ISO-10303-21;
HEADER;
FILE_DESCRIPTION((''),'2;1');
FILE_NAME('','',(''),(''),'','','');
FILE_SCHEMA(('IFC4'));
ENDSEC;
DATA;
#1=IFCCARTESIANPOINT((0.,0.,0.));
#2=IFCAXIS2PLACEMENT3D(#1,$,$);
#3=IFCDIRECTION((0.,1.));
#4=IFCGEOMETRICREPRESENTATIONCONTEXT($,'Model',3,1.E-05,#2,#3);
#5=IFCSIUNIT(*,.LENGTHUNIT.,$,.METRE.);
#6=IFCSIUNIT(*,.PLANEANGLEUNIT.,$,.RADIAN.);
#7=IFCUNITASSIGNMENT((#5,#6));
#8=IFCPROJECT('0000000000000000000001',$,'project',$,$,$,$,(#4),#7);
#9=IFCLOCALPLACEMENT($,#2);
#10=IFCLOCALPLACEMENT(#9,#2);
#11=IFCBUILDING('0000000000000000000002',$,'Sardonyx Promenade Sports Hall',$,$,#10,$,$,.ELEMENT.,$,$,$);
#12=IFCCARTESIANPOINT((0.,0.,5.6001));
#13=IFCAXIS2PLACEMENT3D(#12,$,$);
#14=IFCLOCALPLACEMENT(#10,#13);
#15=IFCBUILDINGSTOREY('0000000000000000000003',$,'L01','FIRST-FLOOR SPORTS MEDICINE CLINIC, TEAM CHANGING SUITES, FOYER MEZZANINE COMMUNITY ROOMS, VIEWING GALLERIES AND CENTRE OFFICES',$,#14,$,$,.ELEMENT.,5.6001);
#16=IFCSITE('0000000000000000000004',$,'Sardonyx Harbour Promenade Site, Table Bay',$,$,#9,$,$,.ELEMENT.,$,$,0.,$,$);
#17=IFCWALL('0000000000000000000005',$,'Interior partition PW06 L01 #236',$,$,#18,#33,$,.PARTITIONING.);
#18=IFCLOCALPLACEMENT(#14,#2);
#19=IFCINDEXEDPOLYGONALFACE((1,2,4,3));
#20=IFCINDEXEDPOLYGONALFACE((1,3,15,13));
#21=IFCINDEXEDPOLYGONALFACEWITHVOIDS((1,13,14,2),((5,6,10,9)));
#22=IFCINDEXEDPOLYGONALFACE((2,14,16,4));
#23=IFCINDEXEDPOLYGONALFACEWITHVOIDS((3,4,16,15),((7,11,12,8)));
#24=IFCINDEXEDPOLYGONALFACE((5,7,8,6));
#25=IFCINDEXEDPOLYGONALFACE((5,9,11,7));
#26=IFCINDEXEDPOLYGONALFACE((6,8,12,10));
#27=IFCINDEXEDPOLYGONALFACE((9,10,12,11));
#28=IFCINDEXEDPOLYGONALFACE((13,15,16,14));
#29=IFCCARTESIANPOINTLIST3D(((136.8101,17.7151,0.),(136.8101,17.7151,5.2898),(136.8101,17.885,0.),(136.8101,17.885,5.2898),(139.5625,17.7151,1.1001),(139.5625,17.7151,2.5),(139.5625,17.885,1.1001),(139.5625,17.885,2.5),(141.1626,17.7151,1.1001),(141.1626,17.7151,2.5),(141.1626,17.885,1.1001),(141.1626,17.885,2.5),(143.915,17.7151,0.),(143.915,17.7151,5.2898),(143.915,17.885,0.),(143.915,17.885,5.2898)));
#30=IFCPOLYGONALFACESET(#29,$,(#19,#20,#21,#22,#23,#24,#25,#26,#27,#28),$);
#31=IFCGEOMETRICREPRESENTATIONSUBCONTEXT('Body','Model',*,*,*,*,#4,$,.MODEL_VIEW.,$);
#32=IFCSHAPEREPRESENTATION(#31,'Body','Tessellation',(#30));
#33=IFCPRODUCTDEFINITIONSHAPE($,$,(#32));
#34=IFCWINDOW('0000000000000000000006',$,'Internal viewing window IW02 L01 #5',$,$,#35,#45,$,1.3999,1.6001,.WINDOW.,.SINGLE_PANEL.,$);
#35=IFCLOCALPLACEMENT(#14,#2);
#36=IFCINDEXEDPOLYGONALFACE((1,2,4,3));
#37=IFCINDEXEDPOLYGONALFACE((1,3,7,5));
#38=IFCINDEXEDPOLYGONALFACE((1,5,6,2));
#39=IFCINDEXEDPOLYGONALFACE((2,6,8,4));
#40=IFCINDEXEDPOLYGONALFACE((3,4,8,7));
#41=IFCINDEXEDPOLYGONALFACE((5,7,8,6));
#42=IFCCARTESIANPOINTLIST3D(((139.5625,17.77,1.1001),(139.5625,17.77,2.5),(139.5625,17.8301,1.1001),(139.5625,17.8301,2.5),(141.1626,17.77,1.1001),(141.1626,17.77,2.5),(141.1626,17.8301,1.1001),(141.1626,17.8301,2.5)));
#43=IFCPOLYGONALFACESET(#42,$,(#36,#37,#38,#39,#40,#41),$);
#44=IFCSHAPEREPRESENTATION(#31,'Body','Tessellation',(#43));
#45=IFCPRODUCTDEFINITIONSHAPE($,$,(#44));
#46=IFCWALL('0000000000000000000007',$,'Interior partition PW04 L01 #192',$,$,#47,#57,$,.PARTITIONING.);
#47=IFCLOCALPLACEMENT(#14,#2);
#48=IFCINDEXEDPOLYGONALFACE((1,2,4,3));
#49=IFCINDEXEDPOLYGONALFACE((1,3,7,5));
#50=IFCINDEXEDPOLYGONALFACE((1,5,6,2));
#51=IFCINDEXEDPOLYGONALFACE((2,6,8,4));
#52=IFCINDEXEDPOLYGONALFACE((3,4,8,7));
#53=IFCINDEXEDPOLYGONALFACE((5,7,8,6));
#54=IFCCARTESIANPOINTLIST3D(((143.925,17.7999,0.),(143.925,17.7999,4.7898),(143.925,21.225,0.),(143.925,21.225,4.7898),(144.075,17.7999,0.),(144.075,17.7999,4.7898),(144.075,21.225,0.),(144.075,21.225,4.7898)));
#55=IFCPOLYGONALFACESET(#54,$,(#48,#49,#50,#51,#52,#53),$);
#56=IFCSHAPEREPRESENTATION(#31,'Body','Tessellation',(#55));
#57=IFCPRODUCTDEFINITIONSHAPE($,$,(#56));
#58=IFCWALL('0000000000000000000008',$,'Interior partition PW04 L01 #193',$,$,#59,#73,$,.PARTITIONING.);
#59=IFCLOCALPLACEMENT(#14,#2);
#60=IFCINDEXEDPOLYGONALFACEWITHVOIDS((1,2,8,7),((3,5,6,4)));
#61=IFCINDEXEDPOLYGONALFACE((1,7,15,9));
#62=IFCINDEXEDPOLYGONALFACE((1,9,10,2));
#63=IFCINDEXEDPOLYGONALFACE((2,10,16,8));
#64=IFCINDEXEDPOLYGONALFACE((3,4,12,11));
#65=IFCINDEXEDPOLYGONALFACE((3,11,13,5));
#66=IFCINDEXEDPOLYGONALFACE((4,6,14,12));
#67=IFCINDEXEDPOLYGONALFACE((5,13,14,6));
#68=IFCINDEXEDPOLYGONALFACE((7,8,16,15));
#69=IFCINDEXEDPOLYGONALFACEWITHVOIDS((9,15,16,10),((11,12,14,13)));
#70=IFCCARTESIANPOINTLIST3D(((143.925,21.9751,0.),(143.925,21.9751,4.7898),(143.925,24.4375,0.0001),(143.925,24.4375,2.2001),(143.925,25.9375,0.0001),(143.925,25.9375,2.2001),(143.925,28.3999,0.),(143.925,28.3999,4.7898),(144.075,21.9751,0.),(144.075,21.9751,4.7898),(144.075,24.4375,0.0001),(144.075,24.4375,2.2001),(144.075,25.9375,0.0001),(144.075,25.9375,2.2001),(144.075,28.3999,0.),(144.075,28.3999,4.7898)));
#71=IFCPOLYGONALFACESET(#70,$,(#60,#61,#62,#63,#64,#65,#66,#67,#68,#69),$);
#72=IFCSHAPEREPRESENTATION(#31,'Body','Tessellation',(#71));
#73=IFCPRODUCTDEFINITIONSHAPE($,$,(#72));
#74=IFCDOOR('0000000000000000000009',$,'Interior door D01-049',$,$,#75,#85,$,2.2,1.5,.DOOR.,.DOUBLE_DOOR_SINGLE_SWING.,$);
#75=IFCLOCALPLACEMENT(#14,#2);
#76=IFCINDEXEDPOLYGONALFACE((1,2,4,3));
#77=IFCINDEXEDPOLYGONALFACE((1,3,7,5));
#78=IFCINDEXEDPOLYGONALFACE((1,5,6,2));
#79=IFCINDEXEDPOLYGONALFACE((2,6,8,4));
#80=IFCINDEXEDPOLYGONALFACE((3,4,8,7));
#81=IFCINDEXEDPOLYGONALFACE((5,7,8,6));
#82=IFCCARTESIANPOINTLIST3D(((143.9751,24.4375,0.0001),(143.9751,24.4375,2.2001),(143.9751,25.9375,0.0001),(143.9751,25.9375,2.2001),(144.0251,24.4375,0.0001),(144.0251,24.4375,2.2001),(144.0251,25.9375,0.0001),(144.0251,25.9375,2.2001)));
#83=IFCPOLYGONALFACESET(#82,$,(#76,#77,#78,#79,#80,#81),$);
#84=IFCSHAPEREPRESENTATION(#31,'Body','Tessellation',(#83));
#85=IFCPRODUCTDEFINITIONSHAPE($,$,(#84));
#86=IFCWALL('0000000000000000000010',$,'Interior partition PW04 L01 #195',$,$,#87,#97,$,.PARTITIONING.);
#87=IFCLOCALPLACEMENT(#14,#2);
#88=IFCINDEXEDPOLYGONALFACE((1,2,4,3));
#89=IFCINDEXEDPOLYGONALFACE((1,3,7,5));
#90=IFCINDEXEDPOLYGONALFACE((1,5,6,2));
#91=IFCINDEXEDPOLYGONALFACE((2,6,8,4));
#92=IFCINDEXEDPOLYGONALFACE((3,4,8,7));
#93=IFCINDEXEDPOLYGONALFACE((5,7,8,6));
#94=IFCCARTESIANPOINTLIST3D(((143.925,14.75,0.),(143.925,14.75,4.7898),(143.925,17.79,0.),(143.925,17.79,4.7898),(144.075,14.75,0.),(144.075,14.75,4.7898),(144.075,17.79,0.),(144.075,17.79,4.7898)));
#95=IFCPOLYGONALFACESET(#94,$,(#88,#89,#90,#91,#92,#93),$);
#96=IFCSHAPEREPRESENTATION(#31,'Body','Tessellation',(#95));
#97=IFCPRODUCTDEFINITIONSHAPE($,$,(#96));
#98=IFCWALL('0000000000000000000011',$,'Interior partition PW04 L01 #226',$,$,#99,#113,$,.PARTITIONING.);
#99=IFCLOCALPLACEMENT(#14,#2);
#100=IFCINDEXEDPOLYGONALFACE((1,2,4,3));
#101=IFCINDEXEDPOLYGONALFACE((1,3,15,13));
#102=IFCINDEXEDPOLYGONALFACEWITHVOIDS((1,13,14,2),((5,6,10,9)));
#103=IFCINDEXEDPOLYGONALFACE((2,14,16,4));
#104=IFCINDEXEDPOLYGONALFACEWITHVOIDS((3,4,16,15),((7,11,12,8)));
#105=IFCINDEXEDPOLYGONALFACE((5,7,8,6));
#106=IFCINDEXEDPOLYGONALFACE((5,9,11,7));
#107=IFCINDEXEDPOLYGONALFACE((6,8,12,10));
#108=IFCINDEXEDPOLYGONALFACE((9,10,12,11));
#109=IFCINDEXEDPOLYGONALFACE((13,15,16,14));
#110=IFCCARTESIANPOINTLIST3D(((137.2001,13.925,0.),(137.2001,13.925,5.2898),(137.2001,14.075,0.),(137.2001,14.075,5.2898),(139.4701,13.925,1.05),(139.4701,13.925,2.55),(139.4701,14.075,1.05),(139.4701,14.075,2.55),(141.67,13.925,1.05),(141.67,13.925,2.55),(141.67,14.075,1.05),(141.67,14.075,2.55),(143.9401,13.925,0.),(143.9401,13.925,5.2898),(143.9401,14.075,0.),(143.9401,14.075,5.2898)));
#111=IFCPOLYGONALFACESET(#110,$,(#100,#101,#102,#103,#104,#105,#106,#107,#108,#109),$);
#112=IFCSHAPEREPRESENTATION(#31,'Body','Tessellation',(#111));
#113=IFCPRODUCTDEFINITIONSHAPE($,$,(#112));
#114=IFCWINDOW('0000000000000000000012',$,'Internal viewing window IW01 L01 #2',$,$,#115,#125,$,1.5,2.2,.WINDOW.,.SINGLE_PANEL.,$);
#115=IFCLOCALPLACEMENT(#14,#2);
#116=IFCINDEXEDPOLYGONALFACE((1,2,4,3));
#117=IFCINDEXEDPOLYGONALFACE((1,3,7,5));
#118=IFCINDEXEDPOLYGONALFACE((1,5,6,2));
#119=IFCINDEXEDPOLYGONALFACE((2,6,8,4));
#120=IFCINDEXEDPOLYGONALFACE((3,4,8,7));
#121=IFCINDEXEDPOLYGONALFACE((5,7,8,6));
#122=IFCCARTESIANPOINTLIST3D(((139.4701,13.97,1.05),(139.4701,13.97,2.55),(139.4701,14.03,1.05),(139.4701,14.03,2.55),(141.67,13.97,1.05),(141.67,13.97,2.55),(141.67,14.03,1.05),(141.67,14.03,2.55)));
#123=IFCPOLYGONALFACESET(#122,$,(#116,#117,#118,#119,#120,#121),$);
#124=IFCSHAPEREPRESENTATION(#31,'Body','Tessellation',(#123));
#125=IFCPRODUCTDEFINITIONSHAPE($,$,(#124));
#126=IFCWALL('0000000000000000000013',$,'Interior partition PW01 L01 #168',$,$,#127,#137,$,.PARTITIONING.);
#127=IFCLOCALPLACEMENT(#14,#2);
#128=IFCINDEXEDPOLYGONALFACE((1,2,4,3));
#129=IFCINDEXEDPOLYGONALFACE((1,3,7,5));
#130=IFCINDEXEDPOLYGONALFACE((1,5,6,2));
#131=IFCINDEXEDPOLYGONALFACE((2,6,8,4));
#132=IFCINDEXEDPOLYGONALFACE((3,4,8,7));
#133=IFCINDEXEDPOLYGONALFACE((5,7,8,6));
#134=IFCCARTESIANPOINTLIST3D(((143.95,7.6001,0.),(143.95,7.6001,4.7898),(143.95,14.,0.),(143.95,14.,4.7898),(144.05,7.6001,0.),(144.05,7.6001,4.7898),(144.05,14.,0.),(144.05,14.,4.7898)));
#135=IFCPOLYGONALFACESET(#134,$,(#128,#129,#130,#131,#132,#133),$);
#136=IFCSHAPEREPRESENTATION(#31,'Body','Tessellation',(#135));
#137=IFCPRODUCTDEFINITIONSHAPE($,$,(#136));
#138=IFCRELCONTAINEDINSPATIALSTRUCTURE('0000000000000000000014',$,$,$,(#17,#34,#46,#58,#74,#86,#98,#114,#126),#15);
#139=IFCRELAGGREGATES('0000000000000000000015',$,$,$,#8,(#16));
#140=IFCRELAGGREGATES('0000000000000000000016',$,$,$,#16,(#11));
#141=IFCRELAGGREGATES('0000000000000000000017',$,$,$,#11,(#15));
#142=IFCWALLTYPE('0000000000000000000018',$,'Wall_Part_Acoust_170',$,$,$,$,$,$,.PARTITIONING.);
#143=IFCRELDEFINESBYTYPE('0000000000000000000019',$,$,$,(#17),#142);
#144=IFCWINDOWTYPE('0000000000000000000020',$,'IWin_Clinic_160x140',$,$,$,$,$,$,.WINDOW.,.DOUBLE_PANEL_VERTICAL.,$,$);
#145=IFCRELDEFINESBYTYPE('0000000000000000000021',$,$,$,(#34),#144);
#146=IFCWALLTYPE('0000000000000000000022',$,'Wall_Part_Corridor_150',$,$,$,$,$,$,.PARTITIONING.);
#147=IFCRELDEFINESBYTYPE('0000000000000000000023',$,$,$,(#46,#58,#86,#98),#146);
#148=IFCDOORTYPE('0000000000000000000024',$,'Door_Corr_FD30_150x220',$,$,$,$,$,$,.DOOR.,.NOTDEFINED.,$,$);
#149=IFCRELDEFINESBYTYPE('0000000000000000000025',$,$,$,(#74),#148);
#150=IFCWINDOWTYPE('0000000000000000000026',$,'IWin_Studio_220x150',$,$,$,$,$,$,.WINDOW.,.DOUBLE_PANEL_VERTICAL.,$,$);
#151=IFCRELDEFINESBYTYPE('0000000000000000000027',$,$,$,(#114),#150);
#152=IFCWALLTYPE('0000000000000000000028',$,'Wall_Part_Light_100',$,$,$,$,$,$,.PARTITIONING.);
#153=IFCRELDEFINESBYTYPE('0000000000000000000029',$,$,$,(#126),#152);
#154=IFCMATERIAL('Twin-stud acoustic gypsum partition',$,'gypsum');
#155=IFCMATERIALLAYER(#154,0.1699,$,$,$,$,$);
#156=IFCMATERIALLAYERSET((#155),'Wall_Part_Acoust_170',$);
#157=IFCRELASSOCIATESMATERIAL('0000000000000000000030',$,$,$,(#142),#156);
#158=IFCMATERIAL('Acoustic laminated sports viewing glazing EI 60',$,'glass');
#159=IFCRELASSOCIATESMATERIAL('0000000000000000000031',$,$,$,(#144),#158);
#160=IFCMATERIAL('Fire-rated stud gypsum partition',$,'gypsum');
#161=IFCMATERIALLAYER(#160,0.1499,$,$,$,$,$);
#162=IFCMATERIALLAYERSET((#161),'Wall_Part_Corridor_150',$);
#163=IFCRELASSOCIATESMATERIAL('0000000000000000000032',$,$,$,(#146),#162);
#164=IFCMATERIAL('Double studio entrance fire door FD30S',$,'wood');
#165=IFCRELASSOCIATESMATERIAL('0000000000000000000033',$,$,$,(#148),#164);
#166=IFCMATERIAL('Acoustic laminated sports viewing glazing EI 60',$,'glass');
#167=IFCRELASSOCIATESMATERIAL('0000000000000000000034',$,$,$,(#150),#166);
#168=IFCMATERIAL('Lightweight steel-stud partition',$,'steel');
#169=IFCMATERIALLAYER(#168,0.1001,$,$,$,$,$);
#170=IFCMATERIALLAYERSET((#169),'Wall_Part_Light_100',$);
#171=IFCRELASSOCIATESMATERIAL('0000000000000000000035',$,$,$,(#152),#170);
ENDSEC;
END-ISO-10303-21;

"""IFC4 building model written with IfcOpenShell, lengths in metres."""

from ifc_helpers import new_model, si_unit, direction, frame, frame_2d, origin, place, context, subcontext, project, spatial, rectangle, extrude, material, layer, layer_set, type_object, element, fill, save


model = new_model("IFC4")

# Units and contexts
model_context = context("Model", 3, precision=1e-05, world=origin(), true_north=direction((0.0, 1.0)))
body_context = subcontext(model_context, "Body", "Model", "MODEL_VIEW")
ifc_project = project(units=[si_unit("LENGTHUNIT", "METRE"), si_unit("PLANEANGLEUNIT", "RADIAN")], contexts=[model_context])

# Site, building, storey
site_placement = place(None, origin())
site = spatial("IfcSite", under=ifc_project, at=site_placement, Name="Sardonyx Harbour Promenade Site, Table Bay", CompositionType="ELEMENT", RefElevation=0.0)
building_placement = place(site_placement, origin())
building = spatial("IfcBuilding", under=site, at=building_placement, Name="Sardonyx Promenade Sports Hall", CompositionType="ELEMENT")
storey_placement = place(building_placement, frame((0.0, 0.0, 5.6001)))
storey = spatial("IfcBuildingStorey", under=building, at=storey_placement, Name="L01", Description="FIRST-FLOOR SPORTS MEDICINE CLINIC, TEAM CHANGING SUITES, FOYER MEZZANINE COMMUNITY ROOMS, VIEWING GALLERIES AND CENTRE OFFICES", CompositionType="ELEMENT", Elevation=5.6001)

# Wall, opening, window
ifc_material_1 = material(Name="Twin-stud acoustic gypsum partition", Category="gypsum")
ifc_layer_1 = layer(ifc_material_1, 0.1699)
ifc_layer_set_1 = layer_set([ifc_layer_1], Name="Wall_Part_Acoust_170")
wall_type_1 = type_object("IfcWallType", Name="Wall_Part_Acoust_170", PredefinedType="PARTITIONING", material=ifc_layer_set_1)
ifc_material_2 = material(Name="Acoustic laminated sports viewing glazing EI 60", Category="glass")
window_type_1 = type_object("IfcWindowType", Name="IWin_Clinic_160x140", PartitioningType="DOUBLE_PANEL_VERTICAL", PredefinedType="WINDOW", material=ifc_material_2)
wall_1_placement = place(storey_placement, frame((136.8101, 17.8, 0.0), z_axis=(0.0, 0.0, 1.0), x_axis=(1.0, 0.0, 0.0)))
wall_1 = element("IfcWall", 1, at=wall_1_placement, inside=storey, type_object=wall_type_1, Name="Interior partition PW06 L01 #236", PredefinedType="PARTITIONING", context=body_context, shape_type="SweptSolid", body=[
    extrude(rectangle(XDim=7.105, YDim=0.1699, at=frame_2d((3.5525, 0.0))), origin(), (0.0, 0.0, 1.0), 5.2898),
])
opening_1_placement = place(wall_1_placement, frame((2.7524, 0.0, 1.1001)))
opening_1 = element("IfcOpeningElement", 2, at=opening_1_placement, cuts=wall_1, PredefinedType="OPENING", context=body_context, shape_type="SweptSolid", body=[
    extrude(rectangle(XDim=1.6001, YDim=1.3999, at=frame_2d((0.8, 0.7))), frame((0.0, 0.095, 0.0), z_axis=(0.0, -1.0, 0.0), x_axis=(1.0, 0.0, 0.0)), (0.0, 0.0, 1.0), 0.19),
])
window_1_placement = place(opening_1_placement, origin())
window_1 = element("IfcWindow", 3, at=window_1_placement, inside=storey, type_object=window_type_1, Name="Internal viewing window IW02 L01 #5", OverallHeight=1.3999, OverallWidth=1.6001, PartitioningType="SINGLE_PANEL", PredefinedType="WINDOW", context=body_context, shape_type="SweptSolid", body=[
    extrude(rectangle(XDim=1.6001, YDim=1.3999, at=frame_2d((0.8, 0.7))), frame((0.0, 0.03, 0.0), z_axis=(0.0, -1.0, 0.0), x_axis=(1.0, 0.0, 0.0)), (0.0, 0.0, 1.0), 0.0601),
])
fill(opening_1, window_1)

# Wall
ifc_material_3 = material(Name="Fire-rated stud gypsum partition", Category="gypsum")
ifc_layer_2 = layer(ifc_material_3, 0.1499)
ifc_layer_set_2 = layer_set([ifc_layer_2], Name="Wall_Part_Corridor_150")
wall_type_2 = type_object("IfcWallType", Name="Wall_Part_Corridor_150", PredefinedType="PARTITIONING", material=ifc_layer_set_2)
wall_2_placement = place(storey_placement, frame((144.0, 17.8, 0.0), z_axis=(0.0, 0.0, 1.0), x_axis=(0.0, 1.0, 0.0)))
element("IfcWall", 4, at=wall_2_placement, inside=storey, type_object=wall_type_2, Name="Interior partition PW04 L01 #192", PredefinedType="PARTITIONING", context=body_context, shape_type="SweptSolid", body=[
    extrude(rectangle(XDim=3.425, YDim=0.1499, at=frame_2d((1.7124, 0.0))), origin(), (0.0, 0.0, 1.0), 4.7898),
])

# Wall, opening, door
wall_3_placement = place(storey_placement, frame((144.0, 21.9751, 0.0), z_axis=(0.0, 0.0, 1.0), x_axis=(0.0, 1.0, 0.0)))
wall_3 = element("IfcWall", 5, at=wall_3_placement, inside=storey, type_object=wall_type_2, Name="Interior partition PW04 L01 #193", PredefinedType="PARTITIONING", context=body_context, shape_type="SweptSolid", body=[
    extrude(rectangle(XDim=6.4248, YDim=0.1499, at=frame_2d((3.2124, 0.0))), origin(), (0.0, 0.0, 1.0), 4.7898),
])
opening_2_placement = place(wall_3_placement, frame((2.4624, 0.0, 0.0)))
opening_2 = element("IfcOpeningElement", 6, at=opening_2_placement, cuts=wall_3, PredefinedType="OPENING", context=body_context, shape_type="SweptSolid", body=[
    extrude(rectangle(XDim=1.5, YDim=2.2, at=frame_2d((0.75, 1.1001))), frame((0.0, 0.085, 0.0), z_axis=(0.0, -1.0, 0.0), x_axis=(1.0, 0.0, 0.0)), (0.0, 0.0, 1.0), 0.17),
])
ifc_material_4 = material(Name="Double studio entrance fire door FD30S", Category="wood")
door_type = type_object("IfcDoorType", Name="Door_Corr_FD30_150x220", OperationType="NOTDEFINED", PredefinedType="DOOR", material=ifc_material_4)
door_placement = place(opening_2_placement, origin())
door = element("IfcDoor", 7, at=door_placement, inside=storey, type_object=door_type, Name="Interior door D01-049", OperationType="DOUBLE_DOOR_SINGLE_SWING", OverallHeight=2.2, OverallWidth=1.5, PredefinedType="DOOR", context=body_context, shape_type="SweptSolid", body=[
    extrude(rectangle(XDim=1.5, YDim=2.2, at=frame_2d((0.75, 1.1001))), frame((0.0, 0.0249, 0.0), z_axis=(0.0, -1.0, 0.0), x_axis=(1.0, 0.0, 0.0)), (0.0, 0.0, 1.0), 0.05),
])
fill(opening_2, door)

# Wall
wall_4_placement = place(storey_placement, frame((144.0, 14.75, 0.0), z_axis=(0.0, 0.0, 1.0), x_axis=(0.0, 1.0, 0.0)))
element("IfcWall", 8, at=wall_4_placement, inside=storey, type_object=wall_type_2, Name="Interior partition PW04 L01 #195", PredefinedType="PARTITIONING", context=body_context, shape_type="SweptSolid", body=[
    extrude(rectangle(XDim=3.04, YDim=0.1499, at=frame_2d((1.52, 0.0))), origin(), (0.0, 0.0, 1.0), 4.7898),
])

# Wall, opening, window
wall_5_placement = place(storey_placement, frame((137.2, 14.0, 0.0), z_axis=(0.0, 0.0, 1.0), x_axis=(1.0, 0.0, 0.0)))
wall_5 = element("IfcWall", 9, at=wall_5_placement, inside=storey, type_object=wall_type_2, Name="Interior partition PW04 L01 #226", PredefinedType="PARTITIONING", context=body_context, shape_type="SweptSolid", body=[
    extrude(rectangle(XDim=6.74, YDim=0.1499, at=frame_2d((3.3701, 0.0))), origin(), (0.0, 0.0, 1.0), 5.2898),
])
opening_3_placement = place(wall_5_placement, frame((2.27, 0.0, 1.05)))
opening_3 = element("IfcOpeningElement", 10, at=opening_3_placement, cuts=wall_5, PredefinedType="OPENING", context=body_context, shape_type="SweptSolid", body=[
    extrude(rectangle(XDim=2.2, YDim=1.5, at=frame_2d((1.1001, 0.75))), frame((0.0, 0.085, 0.0), z_axis=(0.0, -1.0, 0.0), x_axis=(1.0, 0.0, 0.0)), (0.0, 0.0, 1.0), 0.17),
])
ifc_material_5 = material(Name="Acoustic laminated sports viewing glazing EI 60", Category="glass")
window_type_2 = type_object("IfcWindowType", Name="IWin_Studio_220x150", PartitioningType="DOUBLE_PANEL_VERTICAL", PredefinedType="WINDOW", material=ifc_material_5)
window_2_placement = place(opening_3_placement, origin())
window_2 = element("IfcWindow", 11, at=window_2_placement, inside=storey, type_object=window_type_2, Name="Internal viewing window IW01 L01 #2", OverallHeight=1.5, OverallWidth=2.2, PartitioningType="SINGLE_PANEL", PredefinedType="WINDOW", context=body_context, shape_type="SweptSolid", body=[
    extrude(rectangle(XDim=2.2, YDim=1.5, at=frame_2d((1.1001, 0.75))), frame((0.0, 0.03, 0.0), z_axis=(0.0, -1.0, 0.0), x_axis=(1.0, 0.0, 0.0)), (0.0, 0.0, 1.0), 0.0601),
])
fill(opening_3, window_2)

# Wall
ifc_material_6 = material(Name="Lightweight steel-stud partition", Category="steel")
ifc_layer_3 = layer(ifc_material_6, 0.1001)
ifc_layer_set_3 = layer_set([ifc_layer_3], Name="Wall_Part_Light_100")
wall_type_3 = type_object("IfcWallType", Name="Wall_Part_Light_100", PredefinedType="PARTITIONING", material=ifc_layer_set_3)
wall_6_placement = place(storey_placement, frame((144.0, 7.6001, 0.0), z_axis=(0.0, 0.0, 1.0), x_axis=(0.0, 1.0, 0.0)))
element("IfcWall", 12, at=wall_6_placement, inside=storey, type_object=wall_type_3, Name="Interior partition PW01 L01 #168", PredefinedType="PARTITIONING", context=body_context, shape_type="SweptSolid", body=[
    extrude(rectangle(XDim=6.3999, YDim=0.1001, at=frame_2d((3.2, 0.0))), origin(), (0.0, 0.0, 1.0), 4.7898),
])

save(model, "model.ifc")
